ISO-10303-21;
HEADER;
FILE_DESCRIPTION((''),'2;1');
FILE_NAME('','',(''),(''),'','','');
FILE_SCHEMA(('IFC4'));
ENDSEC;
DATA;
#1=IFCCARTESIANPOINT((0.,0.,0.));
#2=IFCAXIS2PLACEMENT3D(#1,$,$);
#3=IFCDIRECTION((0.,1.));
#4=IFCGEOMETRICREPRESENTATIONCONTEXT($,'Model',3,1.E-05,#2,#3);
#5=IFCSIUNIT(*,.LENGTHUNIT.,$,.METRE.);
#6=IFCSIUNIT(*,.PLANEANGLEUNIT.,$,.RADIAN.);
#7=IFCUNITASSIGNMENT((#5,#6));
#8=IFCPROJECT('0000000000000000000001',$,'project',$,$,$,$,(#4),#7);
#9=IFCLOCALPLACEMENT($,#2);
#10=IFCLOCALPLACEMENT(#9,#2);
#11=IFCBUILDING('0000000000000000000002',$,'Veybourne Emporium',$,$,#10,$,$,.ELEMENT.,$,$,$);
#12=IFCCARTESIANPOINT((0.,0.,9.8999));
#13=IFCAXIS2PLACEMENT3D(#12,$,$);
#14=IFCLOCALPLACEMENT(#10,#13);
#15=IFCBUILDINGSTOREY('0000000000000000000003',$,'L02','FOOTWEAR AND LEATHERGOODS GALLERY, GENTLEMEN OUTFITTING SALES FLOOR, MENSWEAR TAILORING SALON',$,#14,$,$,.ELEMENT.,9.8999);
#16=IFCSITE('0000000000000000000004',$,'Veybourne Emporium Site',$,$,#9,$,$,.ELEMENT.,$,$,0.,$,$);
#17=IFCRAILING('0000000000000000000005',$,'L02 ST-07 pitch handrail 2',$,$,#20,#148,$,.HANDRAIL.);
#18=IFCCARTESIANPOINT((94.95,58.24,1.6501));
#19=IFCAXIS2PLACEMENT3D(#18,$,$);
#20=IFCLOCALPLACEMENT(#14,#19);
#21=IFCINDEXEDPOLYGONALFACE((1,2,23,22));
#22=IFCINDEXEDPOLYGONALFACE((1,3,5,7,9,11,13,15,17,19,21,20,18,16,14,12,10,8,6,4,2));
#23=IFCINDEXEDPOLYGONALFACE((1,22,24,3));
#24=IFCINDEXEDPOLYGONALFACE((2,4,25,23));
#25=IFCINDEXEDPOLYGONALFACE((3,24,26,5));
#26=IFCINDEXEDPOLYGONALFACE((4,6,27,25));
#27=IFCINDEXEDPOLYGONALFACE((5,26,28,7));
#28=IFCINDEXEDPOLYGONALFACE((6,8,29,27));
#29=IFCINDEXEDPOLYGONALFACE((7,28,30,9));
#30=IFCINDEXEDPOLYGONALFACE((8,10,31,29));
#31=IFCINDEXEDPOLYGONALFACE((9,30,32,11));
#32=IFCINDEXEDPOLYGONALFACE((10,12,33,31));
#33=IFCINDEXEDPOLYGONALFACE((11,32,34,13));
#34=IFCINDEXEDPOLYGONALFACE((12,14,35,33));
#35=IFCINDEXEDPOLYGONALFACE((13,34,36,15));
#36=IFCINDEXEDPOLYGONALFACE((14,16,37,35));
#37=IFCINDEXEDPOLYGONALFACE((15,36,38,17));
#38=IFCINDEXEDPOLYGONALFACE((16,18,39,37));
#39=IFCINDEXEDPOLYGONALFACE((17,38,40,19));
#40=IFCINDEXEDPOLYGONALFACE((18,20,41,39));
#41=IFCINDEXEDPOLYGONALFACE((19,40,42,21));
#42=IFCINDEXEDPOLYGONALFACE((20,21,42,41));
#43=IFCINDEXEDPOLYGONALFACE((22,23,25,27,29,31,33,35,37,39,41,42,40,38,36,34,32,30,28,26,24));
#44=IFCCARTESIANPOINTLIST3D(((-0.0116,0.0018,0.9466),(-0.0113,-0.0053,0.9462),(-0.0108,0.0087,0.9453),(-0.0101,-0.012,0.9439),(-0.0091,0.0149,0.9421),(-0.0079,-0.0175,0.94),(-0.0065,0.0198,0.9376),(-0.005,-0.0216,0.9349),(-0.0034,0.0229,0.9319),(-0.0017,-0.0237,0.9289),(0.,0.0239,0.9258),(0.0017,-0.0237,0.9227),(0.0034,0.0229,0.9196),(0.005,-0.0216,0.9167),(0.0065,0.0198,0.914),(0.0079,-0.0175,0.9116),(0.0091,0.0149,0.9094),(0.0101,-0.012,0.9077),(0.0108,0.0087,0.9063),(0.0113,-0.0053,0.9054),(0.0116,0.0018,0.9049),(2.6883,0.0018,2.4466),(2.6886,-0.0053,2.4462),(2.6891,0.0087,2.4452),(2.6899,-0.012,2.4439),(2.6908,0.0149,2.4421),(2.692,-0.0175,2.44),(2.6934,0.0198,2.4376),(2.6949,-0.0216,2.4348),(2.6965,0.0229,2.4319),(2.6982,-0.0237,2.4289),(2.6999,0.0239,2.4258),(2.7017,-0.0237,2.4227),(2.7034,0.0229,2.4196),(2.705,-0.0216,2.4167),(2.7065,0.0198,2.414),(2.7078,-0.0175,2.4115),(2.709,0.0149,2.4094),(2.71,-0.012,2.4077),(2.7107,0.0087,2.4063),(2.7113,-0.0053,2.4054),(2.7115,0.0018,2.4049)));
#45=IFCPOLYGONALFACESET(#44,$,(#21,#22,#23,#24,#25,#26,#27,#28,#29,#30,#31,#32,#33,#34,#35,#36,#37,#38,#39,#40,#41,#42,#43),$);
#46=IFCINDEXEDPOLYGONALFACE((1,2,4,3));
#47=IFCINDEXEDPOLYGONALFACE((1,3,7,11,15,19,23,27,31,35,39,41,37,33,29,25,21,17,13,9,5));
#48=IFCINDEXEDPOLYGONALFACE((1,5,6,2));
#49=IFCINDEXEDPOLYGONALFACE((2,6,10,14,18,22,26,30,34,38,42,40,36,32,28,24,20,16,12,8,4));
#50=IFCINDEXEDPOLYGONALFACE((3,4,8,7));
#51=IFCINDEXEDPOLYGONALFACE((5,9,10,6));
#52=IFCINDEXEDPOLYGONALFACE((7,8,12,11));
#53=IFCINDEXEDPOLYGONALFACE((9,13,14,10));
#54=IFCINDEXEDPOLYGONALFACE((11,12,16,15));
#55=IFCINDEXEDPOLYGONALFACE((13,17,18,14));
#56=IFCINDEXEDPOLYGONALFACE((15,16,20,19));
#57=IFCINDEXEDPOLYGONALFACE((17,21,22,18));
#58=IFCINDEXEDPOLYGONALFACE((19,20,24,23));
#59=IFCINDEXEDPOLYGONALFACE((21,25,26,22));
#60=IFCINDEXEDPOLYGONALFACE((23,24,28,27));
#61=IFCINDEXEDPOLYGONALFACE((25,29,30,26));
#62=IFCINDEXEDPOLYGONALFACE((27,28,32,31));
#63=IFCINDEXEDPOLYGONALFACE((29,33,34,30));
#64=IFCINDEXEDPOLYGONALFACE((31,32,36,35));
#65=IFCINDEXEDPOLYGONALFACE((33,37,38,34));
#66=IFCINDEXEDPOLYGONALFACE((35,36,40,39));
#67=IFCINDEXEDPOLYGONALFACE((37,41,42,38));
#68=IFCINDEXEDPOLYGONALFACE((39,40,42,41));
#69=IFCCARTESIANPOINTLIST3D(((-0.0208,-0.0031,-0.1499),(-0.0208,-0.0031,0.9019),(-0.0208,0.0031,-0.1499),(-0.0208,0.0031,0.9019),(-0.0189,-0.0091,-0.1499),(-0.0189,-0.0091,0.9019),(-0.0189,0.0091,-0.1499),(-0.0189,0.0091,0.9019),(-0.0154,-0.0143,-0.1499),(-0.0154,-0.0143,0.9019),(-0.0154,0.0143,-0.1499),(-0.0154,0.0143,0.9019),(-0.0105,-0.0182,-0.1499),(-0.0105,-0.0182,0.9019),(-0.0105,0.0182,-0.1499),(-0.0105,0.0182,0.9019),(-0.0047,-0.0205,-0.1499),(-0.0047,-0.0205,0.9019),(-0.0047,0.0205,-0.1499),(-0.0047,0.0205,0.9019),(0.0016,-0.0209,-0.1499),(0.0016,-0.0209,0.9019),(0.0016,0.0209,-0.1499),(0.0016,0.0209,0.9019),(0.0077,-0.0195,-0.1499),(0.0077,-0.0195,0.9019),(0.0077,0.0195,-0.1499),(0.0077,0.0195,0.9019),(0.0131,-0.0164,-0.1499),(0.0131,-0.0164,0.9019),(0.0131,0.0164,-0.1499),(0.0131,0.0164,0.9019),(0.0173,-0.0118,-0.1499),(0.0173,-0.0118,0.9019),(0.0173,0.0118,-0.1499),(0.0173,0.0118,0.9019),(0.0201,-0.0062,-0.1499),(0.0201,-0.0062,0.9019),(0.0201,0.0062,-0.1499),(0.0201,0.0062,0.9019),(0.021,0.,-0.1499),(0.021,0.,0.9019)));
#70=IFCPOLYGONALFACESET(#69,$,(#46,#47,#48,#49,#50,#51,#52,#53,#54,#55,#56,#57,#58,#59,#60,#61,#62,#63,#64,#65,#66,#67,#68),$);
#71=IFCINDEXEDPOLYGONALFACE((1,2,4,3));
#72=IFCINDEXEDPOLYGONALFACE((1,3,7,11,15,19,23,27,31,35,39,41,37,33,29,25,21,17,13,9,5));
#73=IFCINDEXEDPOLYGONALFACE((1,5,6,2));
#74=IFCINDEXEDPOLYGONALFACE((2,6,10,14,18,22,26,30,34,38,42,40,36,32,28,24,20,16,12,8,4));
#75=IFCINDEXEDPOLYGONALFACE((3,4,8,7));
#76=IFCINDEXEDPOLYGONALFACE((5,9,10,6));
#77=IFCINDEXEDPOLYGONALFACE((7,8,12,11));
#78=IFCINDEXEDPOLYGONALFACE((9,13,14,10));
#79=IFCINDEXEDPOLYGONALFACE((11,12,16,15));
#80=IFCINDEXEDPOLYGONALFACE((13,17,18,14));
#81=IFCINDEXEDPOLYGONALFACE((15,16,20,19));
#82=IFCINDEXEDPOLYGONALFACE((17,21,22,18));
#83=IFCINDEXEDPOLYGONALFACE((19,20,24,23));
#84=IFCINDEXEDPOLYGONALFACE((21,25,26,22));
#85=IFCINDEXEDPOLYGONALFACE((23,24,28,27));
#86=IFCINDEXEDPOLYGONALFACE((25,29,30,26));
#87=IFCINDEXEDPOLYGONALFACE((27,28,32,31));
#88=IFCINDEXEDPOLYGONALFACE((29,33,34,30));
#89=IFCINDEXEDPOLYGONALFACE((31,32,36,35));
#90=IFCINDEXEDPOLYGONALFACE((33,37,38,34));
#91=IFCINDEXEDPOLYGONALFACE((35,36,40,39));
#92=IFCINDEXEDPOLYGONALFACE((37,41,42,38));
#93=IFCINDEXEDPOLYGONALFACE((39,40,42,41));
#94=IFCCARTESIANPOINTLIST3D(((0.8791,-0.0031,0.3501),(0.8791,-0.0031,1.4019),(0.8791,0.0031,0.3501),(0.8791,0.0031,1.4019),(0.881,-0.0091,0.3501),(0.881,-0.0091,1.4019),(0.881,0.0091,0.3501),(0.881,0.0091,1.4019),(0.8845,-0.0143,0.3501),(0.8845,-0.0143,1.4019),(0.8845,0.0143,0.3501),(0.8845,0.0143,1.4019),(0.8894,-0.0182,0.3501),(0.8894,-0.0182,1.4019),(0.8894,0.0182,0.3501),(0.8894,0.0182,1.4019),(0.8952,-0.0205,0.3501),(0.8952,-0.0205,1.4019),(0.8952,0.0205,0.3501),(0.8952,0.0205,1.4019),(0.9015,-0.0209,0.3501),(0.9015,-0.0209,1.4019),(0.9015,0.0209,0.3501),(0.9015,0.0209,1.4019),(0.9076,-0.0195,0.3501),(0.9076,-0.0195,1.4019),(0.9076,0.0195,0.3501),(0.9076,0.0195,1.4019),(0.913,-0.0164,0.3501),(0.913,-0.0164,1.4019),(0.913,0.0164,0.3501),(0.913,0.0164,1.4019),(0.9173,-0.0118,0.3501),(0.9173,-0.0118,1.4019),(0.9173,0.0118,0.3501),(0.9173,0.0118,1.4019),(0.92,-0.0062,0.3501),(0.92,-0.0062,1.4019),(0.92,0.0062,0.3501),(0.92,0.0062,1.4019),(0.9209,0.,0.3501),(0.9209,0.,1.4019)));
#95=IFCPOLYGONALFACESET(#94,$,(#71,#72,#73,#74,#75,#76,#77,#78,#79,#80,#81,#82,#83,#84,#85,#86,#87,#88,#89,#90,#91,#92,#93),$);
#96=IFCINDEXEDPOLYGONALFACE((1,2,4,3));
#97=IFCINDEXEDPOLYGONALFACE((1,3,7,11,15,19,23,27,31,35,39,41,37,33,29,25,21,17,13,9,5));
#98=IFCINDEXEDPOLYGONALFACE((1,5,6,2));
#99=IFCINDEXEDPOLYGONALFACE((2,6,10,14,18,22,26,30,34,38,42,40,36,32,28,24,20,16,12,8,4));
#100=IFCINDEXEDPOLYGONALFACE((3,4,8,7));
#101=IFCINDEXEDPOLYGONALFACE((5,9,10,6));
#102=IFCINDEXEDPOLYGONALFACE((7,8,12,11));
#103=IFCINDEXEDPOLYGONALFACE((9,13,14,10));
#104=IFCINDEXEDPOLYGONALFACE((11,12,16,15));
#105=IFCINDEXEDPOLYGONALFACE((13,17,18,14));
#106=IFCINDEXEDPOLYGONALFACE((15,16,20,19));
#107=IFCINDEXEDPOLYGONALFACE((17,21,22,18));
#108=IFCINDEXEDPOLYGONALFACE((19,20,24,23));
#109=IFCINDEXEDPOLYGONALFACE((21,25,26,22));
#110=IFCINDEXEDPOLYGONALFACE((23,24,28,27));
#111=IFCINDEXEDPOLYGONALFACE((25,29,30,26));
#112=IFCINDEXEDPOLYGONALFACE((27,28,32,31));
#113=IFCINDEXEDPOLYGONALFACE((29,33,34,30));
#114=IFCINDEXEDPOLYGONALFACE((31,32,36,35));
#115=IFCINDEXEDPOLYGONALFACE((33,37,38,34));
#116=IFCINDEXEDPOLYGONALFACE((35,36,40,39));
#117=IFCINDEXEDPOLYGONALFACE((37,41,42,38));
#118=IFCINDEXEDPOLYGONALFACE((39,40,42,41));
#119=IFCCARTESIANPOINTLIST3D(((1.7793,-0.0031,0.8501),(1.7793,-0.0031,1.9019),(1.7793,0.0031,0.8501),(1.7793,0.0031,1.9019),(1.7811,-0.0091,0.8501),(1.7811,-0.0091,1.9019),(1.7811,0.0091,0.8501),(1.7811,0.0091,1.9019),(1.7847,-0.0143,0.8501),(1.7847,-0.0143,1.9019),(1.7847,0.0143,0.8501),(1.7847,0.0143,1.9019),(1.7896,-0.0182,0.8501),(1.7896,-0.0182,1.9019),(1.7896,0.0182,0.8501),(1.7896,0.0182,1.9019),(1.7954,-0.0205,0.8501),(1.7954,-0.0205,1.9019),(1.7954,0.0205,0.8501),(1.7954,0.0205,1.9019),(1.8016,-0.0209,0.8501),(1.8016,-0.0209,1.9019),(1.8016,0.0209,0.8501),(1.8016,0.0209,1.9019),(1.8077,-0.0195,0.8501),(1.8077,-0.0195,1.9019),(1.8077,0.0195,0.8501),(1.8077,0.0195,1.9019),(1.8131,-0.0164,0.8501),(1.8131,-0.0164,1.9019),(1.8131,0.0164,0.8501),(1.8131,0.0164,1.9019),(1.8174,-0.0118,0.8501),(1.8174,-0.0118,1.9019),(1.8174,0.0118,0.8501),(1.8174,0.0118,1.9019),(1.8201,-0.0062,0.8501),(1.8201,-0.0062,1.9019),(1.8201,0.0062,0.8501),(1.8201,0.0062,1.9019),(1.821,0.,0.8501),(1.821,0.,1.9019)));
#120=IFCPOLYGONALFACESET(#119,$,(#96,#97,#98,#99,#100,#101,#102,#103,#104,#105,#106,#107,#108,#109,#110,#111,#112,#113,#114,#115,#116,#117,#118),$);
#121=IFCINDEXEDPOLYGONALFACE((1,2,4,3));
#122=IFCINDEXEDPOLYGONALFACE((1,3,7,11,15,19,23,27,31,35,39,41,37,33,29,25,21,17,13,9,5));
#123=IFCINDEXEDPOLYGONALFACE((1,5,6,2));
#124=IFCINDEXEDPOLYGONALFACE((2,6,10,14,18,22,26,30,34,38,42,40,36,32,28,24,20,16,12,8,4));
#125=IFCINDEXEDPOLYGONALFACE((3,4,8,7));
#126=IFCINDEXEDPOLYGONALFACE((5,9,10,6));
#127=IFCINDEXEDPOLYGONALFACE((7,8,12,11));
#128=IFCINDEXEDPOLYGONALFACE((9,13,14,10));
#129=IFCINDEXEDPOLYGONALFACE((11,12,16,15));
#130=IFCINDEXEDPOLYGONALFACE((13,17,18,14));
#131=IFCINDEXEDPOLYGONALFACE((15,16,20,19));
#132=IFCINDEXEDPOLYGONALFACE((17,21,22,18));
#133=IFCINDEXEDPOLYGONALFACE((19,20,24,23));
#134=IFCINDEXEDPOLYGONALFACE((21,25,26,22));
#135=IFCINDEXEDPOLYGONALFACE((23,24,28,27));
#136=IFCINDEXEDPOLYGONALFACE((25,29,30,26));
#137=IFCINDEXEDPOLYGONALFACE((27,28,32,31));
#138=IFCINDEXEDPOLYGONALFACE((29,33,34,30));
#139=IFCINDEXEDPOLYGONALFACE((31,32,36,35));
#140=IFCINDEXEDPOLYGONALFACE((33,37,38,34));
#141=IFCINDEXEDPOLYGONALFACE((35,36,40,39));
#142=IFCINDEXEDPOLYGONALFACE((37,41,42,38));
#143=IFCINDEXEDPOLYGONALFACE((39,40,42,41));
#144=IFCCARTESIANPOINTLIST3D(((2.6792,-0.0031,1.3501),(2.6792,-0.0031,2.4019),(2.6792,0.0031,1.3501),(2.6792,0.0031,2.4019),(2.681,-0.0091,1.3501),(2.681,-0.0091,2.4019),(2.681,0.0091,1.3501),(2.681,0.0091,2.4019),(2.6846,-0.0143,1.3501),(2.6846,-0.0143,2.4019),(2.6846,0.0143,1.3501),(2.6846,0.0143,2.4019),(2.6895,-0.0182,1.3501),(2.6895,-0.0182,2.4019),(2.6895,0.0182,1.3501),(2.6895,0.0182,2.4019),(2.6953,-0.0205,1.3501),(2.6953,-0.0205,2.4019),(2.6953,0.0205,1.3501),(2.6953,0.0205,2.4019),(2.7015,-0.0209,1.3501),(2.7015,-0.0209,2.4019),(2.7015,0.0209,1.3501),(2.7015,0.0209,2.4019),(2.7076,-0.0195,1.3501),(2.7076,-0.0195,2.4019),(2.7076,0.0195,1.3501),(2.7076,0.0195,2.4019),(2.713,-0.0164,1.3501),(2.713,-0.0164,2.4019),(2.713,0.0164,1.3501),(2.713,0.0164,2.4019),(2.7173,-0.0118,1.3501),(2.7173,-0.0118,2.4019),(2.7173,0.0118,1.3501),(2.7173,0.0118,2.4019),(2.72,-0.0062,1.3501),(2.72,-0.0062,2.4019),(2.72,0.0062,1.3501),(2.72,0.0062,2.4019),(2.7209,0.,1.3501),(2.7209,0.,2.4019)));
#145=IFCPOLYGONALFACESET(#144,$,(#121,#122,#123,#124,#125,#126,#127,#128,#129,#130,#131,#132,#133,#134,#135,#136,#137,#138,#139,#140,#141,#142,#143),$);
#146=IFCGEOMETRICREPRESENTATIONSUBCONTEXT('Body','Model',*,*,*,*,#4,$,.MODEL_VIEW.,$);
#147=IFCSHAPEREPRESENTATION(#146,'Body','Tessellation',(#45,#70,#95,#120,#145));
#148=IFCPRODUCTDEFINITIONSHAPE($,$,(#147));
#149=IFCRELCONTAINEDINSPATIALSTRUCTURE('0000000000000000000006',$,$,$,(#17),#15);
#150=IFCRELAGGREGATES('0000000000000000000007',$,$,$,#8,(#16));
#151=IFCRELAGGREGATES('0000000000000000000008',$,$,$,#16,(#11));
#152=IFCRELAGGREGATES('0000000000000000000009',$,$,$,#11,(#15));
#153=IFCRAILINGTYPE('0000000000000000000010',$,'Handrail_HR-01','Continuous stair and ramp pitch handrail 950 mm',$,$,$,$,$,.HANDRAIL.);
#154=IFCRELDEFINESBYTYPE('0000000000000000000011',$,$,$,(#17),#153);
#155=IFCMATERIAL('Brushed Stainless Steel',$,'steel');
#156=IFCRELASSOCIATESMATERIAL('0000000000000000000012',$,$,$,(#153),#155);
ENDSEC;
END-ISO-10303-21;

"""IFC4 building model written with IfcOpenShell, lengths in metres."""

from ifc_helpers import new_model, si_unit, direction, frame, origin, origin_2d, place, context, subcontext, project, spatial, circle, extrude, material, type_object, element, save


model = new_model("IFC4")

# Units and contexts
model_context = context("Model", 3, precision=1e-05, world=origin(), true_north=direction((0.0, 1.0)))
body_context = subcontext(model_context, "Body", "Model", "MODEL_VIEW")
ifc_project = project(units=[si_unit("LENGTHUNIT", "METRE"), si_unit("PLANEANGLEUNIT", "RADIAN")], contexts=[model_context])

# Site, building, storey
site_placement = place(None, origin())
site = spatial("IfcSite", under=ifc_project, at=site_placement, Name="Veybourne Emporium Site", CompositionType="ELEMENT", RefElevation=0.0)
building_placement = place(site_placement, origin())
building = spatial("IfcBuilding", under=site, at=building_placement, Name="Veybourne Emporium", CompositionType="ELEMENT")
storey_placement = place(building_placement, frame((0.0, 0.0, 9.8999)))
storey = spatial("IfcBuildingStorey", under=building, at=storey_placement, Name="L02", Description="FOOTWEAR AND LEATHERGOODS GALLERY, GENTLEMEN OUTFITTING SALES FLOOR, MENSWEAR TAILORING SALON", CompositionType="ELEMENT", Elevation=9.8999)

# Railing
ifc_material_1 = material(Name="Brushed Stainless Steel", Category="steel")
railing_type_1 = type_object("IfcRailingType", Name="Handrail_HR-01", Description="Continuous stair and ramp pitch handrail 950 mm", PredefinedType="HANDRAIL", material=ifc_material_1)
railing_1_placement = place(storey_placement, frame((94.95, 58.24, 1.6501)))
element("IfcRailing", 1, at=railing_1_placement, inside=storey, type_object=railing_type_1, Name="L02 ST-07 pitch handrail 2", PredefinedType="HANDRAIL", context=body_context, shape_type="SweptSolid", body=[
    extrude(circle(Radius=0.0239, at=origin_2d()), frame((0.0, 0.0, 0.9258), z_axis=(0.874154, 0.0, 0.48565), x_axis=(0.0, 1.0, 0.0)), (0.0, 0.0, 1.0), 3.0886),
    extrude(circle(Radius=0.021, at=origin_2d()), frame((0.0, 0.0, -0.1499)), (0.0, 0.0, 1.0), 1.0518),
    extrude(circle(Radius=0.021, at=origin_2d()), frame((0.8999, 0.0, 0.3501)), (0.0, 0.0, 1.0), 1.0518),
    extrude(circle(Radius=0.021, at=origin_2d()), frame((1.8, 0.0, 0.8501)), (0.0, 0.0, 1.0), 1.0518),
    extrude(circle(Radius=0.021, at=origin_2d()), frame((2.7, 0.0, 1.3501)), (0.0, 0.0, 1.0), 1.0518),
])

save(model, "model.ifc")
